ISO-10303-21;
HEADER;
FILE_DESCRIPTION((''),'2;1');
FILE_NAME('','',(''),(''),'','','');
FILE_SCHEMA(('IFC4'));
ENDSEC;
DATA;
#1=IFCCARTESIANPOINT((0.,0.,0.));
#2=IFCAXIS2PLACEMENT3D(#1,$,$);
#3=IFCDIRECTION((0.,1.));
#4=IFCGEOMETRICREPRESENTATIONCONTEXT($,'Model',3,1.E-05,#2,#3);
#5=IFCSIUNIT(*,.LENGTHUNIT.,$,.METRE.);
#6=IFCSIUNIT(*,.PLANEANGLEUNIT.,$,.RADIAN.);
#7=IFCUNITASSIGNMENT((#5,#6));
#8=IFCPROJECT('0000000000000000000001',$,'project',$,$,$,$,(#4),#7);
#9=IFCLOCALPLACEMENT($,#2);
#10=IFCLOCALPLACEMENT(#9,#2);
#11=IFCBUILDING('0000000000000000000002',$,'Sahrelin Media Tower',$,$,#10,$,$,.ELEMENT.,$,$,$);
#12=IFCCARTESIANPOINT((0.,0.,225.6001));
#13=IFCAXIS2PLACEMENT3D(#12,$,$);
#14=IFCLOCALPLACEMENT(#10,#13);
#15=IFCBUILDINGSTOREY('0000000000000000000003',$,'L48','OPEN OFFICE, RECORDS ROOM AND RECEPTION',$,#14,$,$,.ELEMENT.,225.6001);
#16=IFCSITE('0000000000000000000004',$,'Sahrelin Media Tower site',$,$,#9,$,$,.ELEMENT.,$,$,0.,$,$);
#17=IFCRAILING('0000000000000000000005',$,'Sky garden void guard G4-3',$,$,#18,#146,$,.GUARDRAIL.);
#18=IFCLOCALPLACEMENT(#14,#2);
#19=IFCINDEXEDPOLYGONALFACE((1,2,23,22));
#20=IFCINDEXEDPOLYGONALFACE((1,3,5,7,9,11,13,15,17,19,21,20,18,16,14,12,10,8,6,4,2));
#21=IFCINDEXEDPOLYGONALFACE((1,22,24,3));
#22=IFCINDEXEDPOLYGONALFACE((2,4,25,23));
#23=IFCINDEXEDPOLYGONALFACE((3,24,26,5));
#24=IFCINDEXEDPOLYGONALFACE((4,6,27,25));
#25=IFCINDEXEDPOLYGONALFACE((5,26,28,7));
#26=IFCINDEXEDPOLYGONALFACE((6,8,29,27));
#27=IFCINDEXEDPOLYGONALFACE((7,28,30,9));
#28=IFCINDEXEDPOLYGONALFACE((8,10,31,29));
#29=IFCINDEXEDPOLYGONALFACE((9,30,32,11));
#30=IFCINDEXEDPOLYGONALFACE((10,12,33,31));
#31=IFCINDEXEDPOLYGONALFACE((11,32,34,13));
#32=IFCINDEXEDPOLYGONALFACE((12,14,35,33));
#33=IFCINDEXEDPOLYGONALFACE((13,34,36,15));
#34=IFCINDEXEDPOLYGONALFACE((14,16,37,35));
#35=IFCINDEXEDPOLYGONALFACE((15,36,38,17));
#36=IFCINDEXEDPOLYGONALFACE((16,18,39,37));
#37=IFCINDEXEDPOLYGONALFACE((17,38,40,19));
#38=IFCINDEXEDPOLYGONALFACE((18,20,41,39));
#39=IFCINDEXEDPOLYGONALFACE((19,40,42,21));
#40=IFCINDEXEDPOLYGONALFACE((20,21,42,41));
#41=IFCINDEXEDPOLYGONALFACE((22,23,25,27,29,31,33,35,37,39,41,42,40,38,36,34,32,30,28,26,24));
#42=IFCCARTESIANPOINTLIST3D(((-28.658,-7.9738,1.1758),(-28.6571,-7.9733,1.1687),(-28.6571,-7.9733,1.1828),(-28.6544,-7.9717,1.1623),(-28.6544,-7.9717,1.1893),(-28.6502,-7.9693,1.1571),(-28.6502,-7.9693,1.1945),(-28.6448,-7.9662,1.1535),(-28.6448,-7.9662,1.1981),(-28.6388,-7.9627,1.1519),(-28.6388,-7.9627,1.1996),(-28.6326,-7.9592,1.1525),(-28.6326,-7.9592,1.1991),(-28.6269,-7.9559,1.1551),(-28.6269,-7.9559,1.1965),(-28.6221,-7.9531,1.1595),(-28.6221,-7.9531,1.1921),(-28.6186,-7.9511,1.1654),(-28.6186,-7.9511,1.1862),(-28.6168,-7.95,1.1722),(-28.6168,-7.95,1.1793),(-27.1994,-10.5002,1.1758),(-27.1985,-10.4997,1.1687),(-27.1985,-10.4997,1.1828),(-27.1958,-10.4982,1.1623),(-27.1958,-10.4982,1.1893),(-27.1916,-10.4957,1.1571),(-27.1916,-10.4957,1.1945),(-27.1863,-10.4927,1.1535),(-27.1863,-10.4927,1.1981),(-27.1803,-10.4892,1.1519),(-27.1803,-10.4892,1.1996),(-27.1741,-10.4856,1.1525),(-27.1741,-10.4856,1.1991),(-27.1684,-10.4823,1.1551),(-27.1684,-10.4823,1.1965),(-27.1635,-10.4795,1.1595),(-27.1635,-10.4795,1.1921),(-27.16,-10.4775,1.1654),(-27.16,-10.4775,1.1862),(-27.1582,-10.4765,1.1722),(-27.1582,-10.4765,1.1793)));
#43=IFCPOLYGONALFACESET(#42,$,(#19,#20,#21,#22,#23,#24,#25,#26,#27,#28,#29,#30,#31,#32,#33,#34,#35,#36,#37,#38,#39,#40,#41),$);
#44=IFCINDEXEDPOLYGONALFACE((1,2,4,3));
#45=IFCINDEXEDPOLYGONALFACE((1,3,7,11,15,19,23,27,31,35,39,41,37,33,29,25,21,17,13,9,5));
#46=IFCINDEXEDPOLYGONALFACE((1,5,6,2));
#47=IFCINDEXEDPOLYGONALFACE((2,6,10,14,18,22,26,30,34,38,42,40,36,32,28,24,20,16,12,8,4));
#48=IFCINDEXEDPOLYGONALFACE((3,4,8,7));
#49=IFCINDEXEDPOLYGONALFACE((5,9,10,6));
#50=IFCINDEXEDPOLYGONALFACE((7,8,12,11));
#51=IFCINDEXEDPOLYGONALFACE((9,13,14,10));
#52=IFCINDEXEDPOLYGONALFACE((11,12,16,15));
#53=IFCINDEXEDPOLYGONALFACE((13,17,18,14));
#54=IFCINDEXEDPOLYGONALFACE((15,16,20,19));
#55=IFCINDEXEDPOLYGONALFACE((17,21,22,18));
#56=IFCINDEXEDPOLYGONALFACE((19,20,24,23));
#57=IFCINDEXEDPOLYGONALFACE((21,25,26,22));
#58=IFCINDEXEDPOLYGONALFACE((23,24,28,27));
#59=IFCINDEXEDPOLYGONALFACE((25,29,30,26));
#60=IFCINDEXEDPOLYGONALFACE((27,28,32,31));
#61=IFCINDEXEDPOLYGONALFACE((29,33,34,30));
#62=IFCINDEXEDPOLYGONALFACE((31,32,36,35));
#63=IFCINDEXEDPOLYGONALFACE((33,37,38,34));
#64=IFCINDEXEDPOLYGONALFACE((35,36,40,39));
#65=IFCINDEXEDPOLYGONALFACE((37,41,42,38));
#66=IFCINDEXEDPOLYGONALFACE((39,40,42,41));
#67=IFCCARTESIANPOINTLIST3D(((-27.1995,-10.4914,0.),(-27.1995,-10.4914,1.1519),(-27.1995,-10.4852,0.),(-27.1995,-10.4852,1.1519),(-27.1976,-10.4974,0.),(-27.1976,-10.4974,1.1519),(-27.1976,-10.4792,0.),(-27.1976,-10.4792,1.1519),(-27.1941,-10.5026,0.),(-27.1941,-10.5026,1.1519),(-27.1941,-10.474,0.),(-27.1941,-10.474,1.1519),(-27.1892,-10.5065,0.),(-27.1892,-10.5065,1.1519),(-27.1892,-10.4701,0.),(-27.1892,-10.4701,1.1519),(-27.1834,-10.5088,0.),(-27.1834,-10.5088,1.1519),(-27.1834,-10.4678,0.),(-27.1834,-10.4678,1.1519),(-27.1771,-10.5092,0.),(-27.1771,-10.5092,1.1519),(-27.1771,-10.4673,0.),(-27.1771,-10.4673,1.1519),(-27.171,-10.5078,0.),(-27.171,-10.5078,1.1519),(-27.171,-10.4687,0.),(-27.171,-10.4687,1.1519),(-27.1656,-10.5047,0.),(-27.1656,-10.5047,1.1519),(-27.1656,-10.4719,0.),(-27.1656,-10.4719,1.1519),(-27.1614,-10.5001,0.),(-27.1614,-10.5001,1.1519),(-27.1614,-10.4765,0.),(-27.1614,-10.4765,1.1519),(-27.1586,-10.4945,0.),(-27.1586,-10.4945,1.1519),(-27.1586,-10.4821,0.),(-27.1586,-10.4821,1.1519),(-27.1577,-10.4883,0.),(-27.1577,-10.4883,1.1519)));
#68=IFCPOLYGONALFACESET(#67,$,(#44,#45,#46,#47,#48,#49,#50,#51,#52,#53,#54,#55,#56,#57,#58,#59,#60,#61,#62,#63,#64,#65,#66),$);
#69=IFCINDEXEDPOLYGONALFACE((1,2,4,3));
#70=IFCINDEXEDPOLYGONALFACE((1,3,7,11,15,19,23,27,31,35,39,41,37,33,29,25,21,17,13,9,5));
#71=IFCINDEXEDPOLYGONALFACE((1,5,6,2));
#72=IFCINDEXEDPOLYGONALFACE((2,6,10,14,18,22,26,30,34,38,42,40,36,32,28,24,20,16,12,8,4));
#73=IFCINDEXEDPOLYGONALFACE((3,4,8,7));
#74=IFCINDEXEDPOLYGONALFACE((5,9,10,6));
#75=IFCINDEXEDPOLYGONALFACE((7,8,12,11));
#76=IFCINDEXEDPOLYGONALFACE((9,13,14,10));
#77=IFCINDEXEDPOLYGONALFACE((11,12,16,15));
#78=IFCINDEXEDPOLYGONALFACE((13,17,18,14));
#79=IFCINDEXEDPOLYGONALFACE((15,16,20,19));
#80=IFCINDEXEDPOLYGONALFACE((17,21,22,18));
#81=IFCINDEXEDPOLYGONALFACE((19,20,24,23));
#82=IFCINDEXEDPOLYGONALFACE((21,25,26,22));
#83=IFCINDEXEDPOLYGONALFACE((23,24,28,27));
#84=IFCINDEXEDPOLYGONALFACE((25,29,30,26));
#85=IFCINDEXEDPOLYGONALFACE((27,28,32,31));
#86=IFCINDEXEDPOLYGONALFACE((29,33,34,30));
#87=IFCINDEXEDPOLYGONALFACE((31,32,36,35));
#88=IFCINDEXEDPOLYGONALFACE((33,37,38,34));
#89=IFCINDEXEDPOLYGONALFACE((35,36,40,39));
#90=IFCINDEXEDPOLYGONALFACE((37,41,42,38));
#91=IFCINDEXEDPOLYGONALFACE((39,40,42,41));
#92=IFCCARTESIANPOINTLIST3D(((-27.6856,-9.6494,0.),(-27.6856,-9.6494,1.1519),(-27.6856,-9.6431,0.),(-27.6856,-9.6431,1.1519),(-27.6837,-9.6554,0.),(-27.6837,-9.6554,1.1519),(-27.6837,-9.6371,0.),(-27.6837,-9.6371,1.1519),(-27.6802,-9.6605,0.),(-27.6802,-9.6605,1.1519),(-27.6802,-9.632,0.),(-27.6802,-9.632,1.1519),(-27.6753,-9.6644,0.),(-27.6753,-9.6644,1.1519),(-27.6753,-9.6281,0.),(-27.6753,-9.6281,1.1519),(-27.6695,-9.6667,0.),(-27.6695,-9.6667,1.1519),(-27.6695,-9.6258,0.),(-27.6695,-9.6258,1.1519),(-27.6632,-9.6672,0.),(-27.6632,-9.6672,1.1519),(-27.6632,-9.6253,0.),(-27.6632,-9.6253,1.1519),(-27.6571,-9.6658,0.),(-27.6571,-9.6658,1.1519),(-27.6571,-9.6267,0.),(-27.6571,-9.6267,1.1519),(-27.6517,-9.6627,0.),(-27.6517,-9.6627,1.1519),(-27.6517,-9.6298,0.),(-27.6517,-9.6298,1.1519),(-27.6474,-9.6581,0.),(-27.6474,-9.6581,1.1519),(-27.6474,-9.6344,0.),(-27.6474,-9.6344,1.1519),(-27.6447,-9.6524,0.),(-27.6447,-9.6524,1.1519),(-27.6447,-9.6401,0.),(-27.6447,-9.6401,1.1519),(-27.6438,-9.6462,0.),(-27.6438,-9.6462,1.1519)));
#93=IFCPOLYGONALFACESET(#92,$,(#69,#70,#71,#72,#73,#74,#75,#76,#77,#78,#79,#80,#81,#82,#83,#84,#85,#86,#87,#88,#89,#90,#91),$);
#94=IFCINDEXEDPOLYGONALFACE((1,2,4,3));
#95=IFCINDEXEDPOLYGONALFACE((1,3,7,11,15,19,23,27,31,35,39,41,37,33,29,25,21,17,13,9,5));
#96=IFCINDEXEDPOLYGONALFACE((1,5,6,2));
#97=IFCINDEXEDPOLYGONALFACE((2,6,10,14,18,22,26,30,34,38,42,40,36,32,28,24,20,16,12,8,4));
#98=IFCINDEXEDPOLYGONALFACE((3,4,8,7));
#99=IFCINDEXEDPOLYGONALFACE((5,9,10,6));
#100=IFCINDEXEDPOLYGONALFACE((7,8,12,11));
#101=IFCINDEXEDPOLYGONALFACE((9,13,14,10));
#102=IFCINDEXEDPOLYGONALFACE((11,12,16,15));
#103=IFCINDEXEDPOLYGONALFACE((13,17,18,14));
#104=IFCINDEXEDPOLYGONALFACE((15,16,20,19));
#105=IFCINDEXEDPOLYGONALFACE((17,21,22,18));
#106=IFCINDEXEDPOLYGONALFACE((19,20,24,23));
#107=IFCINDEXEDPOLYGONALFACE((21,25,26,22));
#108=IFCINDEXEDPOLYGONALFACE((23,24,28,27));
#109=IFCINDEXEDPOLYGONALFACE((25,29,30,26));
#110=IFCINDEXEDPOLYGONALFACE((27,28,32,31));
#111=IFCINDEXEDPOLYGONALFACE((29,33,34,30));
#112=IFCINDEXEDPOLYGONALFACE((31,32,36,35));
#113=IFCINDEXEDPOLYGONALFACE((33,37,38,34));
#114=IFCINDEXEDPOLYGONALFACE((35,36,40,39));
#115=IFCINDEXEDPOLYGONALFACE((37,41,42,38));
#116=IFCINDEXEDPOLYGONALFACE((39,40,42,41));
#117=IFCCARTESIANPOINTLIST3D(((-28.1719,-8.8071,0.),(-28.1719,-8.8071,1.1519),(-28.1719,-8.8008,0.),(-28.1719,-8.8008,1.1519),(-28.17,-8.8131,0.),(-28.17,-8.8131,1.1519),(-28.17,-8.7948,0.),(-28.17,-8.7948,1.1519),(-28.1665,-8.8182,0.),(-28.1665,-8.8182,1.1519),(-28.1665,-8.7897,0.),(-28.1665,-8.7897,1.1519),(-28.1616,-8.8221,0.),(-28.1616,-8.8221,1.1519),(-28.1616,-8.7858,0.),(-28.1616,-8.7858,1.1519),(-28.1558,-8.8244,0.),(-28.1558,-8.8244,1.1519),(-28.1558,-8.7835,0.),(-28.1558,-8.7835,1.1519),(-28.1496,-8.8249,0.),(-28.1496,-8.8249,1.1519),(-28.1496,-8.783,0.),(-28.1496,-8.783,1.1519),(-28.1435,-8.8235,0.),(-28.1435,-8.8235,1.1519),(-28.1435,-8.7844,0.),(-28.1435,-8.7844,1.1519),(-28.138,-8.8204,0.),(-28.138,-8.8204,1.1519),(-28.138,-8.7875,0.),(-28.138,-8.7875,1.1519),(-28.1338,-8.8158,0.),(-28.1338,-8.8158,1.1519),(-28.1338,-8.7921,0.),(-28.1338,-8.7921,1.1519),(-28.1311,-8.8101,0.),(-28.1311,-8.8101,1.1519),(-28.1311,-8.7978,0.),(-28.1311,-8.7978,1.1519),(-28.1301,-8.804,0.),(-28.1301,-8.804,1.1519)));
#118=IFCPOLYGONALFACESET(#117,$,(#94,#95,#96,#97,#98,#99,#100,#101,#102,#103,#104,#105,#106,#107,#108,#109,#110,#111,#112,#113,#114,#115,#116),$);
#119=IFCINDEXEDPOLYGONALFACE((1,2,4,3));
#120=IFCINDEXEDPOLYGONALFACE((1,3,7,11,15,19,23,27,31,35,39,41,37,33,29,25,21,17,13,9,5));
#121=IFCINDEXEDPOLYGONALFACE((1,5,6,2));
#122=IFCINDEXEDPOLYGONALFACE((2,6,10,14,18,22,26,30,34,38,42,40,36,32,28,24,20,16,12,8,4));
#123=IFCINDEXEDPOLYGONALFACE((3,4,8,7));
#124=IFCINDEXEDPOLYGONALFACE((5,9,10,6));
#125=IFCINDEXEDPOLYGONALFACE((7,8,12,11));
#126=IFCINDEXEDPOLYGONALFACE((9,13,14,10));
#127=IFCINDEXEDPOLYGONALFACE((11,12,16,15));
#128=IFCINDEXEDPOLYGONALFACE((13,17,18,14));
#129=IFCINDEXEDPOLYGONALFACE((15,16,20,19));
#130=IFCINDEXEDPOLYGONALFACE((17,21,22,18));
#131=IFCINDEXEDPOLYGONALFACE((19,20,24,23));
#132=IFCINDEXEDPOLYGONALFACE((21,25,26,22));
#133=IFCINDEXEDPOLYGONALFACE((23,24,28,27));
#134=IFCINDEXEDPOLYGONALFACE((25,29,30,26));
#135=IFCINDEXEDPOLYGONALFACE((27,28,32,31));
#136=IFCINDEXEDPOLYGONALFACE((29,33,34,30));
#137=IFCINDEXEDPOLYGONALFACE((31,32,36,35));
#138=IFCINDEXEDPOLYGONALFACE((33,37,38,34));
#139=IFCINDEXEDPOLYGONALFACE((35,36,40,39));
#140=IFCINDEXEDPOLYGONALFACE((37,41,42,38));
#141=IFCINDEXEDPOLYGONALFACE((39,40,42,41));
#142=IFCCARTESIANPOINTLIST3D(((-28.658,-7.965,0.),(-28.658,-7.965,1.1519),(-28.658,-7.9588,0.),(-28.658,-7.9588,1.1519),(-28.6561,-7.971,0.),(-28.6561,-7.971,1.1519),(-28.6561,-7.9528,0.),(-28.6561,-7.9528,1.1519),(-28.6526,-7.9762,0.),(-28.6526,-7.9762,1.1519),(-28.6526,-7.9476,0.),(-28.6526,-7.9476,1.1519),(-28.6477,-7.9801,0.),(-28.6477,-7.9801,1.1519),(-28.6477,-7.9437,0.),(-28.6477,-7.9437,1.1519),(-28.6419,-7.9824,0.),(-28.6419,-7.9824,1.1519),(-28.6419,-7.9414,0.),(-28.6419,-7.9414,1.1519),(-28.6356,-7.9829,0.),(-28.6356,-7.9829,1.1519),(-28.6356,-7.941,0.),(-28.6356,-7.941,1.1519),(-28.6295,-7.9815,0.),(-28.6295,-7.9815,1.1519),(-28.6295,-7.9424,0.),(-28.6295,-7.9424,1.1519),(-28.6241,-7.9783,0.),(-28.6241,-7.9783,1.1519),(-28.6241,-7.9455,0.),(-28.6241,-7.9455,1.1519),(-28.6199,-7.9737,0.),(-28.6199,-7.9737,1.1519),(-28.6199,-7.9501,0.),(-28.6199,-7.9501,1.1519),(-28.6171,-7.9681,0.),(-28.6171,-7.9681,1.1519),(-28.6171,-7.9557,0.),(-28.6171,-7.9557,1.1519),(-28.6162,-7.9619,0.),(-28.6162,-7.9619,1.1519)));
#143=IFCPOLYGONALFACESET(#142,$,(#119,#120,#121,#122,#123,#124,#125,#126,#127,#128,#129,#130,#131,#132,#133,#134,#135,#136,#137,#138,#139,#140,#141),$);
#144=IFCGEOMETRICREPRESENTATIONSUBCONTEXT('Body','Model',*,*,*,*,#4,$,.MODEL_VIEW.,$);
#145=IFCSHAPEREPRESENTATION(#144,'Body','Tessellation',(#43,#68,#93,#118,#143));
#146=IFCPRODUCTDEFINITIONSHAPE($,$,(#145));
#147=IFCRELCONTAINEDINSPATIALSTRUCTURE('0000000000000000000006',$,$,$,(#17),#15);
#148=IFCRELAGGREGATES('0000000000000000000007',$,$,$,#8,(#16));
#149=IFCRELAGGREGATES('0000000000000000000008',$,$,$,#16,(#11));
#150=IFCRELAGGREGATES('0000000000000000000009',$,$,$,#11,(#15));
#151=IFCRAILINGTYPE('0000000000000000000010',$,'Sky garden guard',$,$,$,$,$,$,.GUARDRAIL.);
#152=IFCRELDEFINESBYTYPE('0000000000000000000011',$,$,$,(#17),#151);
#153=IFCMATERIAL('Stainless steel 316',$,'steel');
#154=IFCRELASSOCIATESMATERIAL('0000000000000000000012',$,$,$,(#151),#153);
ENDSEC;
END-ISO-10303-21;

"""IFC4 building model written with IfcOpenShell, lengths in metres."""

from ifc_helpers import new_model, si_unit, direction, frame, origin, origin_2d, place, context, subcontext, project, spatial, circle, extrude, material, type_object, element, save


model = new_model("IFC4")

# Units and contexts
model_context = context("Model", 3, precision=1e-05, world=origin(), true_north=direction((0.0, 1.0)))
body_context = subcontext(model_context, "Body", "Model", "MODEL_VIEW")
ifc_project = project(units=[si_unit("LENGTHUNIT", "METRE"), si_unit("PLANEANGLEUNIT", "RADIAN")], contexts=[model_context])

# Site, building, storey
site_placement = place(None, origin())
site = spatial("IfcSite", under=ifc_project, at=site_placement, Name="Sahrelin Media Tower site", CompositionType="ELEMENT", RefElevation=0.0)
building_placement = place(site_placement, origin())
building = spatial("IfcBuilding", under=site, at=building_placement, Name="Sahrelin Media Tower", CompositionType="ELEMENT")
storey_placement = place(building_placement, frame((0.0, 0.0, 225.6001)))
storey = spatial("IfcBuildingStorey", under=building, at=storey_placement, Name="L48", Description="OPEN OFFICE, RECORDS ROOM AND RECEPTION", CompositionType="ELEMENT", Elevation=225.6001)

# Railing
ifc_material_1 = material(Name="Stainless steel 316", Category="steel")
railing_type = type_object("IfcRailingType", Name="Sky garden guard", PredefinedType="GUARDRAIL", material=ifc_material_1)
railing_1_placement = place(storey_placement, frame((-27.1787, -10.4883, 0.0)))
element("IfcRailing", 1, at=railing_1_placement, inside=storey, type_object=railing_type, Name="Sky garden void guard G4-3", PredefinedType="GUARDRAIL", context=body_context, shape_type="SweptSolid", body=[
    extrude(circle(Radius=0.0239, at=origin_2d()), frame((0.0, 0.0, 1.1758), z_axis=(-0.499974, 0.866041, 0.0), x_axis=(-0.866041, -0.499974, 0.0)), (0.0, 0.0, 1.0), 2.9172),
    extrude(circle(Radius=0.021, at=origin_2d()), origin(), (0.0, 0.0, 1.0), 1.1519),
    extrude(circle(Radius=0.021, at=origin_2d()), frame((-0.4861, 0.842, 0.0)), (0.0, 0.0, 1.0), 1.1519),
    extrude(circle(Radius=0.021, at=origin_2d()), frame((-0.9724, 1.6843, 0.0)), (0.0, 0.0, 1.0), 1.1519),
    extrude(circle(Radius=0.021, at=origin_2d()), frame((-1.4585, 2.5264, 0.0)), (0.0, 0.0, 1.0), 1.1519),
])

save(model, "model.ifc")
